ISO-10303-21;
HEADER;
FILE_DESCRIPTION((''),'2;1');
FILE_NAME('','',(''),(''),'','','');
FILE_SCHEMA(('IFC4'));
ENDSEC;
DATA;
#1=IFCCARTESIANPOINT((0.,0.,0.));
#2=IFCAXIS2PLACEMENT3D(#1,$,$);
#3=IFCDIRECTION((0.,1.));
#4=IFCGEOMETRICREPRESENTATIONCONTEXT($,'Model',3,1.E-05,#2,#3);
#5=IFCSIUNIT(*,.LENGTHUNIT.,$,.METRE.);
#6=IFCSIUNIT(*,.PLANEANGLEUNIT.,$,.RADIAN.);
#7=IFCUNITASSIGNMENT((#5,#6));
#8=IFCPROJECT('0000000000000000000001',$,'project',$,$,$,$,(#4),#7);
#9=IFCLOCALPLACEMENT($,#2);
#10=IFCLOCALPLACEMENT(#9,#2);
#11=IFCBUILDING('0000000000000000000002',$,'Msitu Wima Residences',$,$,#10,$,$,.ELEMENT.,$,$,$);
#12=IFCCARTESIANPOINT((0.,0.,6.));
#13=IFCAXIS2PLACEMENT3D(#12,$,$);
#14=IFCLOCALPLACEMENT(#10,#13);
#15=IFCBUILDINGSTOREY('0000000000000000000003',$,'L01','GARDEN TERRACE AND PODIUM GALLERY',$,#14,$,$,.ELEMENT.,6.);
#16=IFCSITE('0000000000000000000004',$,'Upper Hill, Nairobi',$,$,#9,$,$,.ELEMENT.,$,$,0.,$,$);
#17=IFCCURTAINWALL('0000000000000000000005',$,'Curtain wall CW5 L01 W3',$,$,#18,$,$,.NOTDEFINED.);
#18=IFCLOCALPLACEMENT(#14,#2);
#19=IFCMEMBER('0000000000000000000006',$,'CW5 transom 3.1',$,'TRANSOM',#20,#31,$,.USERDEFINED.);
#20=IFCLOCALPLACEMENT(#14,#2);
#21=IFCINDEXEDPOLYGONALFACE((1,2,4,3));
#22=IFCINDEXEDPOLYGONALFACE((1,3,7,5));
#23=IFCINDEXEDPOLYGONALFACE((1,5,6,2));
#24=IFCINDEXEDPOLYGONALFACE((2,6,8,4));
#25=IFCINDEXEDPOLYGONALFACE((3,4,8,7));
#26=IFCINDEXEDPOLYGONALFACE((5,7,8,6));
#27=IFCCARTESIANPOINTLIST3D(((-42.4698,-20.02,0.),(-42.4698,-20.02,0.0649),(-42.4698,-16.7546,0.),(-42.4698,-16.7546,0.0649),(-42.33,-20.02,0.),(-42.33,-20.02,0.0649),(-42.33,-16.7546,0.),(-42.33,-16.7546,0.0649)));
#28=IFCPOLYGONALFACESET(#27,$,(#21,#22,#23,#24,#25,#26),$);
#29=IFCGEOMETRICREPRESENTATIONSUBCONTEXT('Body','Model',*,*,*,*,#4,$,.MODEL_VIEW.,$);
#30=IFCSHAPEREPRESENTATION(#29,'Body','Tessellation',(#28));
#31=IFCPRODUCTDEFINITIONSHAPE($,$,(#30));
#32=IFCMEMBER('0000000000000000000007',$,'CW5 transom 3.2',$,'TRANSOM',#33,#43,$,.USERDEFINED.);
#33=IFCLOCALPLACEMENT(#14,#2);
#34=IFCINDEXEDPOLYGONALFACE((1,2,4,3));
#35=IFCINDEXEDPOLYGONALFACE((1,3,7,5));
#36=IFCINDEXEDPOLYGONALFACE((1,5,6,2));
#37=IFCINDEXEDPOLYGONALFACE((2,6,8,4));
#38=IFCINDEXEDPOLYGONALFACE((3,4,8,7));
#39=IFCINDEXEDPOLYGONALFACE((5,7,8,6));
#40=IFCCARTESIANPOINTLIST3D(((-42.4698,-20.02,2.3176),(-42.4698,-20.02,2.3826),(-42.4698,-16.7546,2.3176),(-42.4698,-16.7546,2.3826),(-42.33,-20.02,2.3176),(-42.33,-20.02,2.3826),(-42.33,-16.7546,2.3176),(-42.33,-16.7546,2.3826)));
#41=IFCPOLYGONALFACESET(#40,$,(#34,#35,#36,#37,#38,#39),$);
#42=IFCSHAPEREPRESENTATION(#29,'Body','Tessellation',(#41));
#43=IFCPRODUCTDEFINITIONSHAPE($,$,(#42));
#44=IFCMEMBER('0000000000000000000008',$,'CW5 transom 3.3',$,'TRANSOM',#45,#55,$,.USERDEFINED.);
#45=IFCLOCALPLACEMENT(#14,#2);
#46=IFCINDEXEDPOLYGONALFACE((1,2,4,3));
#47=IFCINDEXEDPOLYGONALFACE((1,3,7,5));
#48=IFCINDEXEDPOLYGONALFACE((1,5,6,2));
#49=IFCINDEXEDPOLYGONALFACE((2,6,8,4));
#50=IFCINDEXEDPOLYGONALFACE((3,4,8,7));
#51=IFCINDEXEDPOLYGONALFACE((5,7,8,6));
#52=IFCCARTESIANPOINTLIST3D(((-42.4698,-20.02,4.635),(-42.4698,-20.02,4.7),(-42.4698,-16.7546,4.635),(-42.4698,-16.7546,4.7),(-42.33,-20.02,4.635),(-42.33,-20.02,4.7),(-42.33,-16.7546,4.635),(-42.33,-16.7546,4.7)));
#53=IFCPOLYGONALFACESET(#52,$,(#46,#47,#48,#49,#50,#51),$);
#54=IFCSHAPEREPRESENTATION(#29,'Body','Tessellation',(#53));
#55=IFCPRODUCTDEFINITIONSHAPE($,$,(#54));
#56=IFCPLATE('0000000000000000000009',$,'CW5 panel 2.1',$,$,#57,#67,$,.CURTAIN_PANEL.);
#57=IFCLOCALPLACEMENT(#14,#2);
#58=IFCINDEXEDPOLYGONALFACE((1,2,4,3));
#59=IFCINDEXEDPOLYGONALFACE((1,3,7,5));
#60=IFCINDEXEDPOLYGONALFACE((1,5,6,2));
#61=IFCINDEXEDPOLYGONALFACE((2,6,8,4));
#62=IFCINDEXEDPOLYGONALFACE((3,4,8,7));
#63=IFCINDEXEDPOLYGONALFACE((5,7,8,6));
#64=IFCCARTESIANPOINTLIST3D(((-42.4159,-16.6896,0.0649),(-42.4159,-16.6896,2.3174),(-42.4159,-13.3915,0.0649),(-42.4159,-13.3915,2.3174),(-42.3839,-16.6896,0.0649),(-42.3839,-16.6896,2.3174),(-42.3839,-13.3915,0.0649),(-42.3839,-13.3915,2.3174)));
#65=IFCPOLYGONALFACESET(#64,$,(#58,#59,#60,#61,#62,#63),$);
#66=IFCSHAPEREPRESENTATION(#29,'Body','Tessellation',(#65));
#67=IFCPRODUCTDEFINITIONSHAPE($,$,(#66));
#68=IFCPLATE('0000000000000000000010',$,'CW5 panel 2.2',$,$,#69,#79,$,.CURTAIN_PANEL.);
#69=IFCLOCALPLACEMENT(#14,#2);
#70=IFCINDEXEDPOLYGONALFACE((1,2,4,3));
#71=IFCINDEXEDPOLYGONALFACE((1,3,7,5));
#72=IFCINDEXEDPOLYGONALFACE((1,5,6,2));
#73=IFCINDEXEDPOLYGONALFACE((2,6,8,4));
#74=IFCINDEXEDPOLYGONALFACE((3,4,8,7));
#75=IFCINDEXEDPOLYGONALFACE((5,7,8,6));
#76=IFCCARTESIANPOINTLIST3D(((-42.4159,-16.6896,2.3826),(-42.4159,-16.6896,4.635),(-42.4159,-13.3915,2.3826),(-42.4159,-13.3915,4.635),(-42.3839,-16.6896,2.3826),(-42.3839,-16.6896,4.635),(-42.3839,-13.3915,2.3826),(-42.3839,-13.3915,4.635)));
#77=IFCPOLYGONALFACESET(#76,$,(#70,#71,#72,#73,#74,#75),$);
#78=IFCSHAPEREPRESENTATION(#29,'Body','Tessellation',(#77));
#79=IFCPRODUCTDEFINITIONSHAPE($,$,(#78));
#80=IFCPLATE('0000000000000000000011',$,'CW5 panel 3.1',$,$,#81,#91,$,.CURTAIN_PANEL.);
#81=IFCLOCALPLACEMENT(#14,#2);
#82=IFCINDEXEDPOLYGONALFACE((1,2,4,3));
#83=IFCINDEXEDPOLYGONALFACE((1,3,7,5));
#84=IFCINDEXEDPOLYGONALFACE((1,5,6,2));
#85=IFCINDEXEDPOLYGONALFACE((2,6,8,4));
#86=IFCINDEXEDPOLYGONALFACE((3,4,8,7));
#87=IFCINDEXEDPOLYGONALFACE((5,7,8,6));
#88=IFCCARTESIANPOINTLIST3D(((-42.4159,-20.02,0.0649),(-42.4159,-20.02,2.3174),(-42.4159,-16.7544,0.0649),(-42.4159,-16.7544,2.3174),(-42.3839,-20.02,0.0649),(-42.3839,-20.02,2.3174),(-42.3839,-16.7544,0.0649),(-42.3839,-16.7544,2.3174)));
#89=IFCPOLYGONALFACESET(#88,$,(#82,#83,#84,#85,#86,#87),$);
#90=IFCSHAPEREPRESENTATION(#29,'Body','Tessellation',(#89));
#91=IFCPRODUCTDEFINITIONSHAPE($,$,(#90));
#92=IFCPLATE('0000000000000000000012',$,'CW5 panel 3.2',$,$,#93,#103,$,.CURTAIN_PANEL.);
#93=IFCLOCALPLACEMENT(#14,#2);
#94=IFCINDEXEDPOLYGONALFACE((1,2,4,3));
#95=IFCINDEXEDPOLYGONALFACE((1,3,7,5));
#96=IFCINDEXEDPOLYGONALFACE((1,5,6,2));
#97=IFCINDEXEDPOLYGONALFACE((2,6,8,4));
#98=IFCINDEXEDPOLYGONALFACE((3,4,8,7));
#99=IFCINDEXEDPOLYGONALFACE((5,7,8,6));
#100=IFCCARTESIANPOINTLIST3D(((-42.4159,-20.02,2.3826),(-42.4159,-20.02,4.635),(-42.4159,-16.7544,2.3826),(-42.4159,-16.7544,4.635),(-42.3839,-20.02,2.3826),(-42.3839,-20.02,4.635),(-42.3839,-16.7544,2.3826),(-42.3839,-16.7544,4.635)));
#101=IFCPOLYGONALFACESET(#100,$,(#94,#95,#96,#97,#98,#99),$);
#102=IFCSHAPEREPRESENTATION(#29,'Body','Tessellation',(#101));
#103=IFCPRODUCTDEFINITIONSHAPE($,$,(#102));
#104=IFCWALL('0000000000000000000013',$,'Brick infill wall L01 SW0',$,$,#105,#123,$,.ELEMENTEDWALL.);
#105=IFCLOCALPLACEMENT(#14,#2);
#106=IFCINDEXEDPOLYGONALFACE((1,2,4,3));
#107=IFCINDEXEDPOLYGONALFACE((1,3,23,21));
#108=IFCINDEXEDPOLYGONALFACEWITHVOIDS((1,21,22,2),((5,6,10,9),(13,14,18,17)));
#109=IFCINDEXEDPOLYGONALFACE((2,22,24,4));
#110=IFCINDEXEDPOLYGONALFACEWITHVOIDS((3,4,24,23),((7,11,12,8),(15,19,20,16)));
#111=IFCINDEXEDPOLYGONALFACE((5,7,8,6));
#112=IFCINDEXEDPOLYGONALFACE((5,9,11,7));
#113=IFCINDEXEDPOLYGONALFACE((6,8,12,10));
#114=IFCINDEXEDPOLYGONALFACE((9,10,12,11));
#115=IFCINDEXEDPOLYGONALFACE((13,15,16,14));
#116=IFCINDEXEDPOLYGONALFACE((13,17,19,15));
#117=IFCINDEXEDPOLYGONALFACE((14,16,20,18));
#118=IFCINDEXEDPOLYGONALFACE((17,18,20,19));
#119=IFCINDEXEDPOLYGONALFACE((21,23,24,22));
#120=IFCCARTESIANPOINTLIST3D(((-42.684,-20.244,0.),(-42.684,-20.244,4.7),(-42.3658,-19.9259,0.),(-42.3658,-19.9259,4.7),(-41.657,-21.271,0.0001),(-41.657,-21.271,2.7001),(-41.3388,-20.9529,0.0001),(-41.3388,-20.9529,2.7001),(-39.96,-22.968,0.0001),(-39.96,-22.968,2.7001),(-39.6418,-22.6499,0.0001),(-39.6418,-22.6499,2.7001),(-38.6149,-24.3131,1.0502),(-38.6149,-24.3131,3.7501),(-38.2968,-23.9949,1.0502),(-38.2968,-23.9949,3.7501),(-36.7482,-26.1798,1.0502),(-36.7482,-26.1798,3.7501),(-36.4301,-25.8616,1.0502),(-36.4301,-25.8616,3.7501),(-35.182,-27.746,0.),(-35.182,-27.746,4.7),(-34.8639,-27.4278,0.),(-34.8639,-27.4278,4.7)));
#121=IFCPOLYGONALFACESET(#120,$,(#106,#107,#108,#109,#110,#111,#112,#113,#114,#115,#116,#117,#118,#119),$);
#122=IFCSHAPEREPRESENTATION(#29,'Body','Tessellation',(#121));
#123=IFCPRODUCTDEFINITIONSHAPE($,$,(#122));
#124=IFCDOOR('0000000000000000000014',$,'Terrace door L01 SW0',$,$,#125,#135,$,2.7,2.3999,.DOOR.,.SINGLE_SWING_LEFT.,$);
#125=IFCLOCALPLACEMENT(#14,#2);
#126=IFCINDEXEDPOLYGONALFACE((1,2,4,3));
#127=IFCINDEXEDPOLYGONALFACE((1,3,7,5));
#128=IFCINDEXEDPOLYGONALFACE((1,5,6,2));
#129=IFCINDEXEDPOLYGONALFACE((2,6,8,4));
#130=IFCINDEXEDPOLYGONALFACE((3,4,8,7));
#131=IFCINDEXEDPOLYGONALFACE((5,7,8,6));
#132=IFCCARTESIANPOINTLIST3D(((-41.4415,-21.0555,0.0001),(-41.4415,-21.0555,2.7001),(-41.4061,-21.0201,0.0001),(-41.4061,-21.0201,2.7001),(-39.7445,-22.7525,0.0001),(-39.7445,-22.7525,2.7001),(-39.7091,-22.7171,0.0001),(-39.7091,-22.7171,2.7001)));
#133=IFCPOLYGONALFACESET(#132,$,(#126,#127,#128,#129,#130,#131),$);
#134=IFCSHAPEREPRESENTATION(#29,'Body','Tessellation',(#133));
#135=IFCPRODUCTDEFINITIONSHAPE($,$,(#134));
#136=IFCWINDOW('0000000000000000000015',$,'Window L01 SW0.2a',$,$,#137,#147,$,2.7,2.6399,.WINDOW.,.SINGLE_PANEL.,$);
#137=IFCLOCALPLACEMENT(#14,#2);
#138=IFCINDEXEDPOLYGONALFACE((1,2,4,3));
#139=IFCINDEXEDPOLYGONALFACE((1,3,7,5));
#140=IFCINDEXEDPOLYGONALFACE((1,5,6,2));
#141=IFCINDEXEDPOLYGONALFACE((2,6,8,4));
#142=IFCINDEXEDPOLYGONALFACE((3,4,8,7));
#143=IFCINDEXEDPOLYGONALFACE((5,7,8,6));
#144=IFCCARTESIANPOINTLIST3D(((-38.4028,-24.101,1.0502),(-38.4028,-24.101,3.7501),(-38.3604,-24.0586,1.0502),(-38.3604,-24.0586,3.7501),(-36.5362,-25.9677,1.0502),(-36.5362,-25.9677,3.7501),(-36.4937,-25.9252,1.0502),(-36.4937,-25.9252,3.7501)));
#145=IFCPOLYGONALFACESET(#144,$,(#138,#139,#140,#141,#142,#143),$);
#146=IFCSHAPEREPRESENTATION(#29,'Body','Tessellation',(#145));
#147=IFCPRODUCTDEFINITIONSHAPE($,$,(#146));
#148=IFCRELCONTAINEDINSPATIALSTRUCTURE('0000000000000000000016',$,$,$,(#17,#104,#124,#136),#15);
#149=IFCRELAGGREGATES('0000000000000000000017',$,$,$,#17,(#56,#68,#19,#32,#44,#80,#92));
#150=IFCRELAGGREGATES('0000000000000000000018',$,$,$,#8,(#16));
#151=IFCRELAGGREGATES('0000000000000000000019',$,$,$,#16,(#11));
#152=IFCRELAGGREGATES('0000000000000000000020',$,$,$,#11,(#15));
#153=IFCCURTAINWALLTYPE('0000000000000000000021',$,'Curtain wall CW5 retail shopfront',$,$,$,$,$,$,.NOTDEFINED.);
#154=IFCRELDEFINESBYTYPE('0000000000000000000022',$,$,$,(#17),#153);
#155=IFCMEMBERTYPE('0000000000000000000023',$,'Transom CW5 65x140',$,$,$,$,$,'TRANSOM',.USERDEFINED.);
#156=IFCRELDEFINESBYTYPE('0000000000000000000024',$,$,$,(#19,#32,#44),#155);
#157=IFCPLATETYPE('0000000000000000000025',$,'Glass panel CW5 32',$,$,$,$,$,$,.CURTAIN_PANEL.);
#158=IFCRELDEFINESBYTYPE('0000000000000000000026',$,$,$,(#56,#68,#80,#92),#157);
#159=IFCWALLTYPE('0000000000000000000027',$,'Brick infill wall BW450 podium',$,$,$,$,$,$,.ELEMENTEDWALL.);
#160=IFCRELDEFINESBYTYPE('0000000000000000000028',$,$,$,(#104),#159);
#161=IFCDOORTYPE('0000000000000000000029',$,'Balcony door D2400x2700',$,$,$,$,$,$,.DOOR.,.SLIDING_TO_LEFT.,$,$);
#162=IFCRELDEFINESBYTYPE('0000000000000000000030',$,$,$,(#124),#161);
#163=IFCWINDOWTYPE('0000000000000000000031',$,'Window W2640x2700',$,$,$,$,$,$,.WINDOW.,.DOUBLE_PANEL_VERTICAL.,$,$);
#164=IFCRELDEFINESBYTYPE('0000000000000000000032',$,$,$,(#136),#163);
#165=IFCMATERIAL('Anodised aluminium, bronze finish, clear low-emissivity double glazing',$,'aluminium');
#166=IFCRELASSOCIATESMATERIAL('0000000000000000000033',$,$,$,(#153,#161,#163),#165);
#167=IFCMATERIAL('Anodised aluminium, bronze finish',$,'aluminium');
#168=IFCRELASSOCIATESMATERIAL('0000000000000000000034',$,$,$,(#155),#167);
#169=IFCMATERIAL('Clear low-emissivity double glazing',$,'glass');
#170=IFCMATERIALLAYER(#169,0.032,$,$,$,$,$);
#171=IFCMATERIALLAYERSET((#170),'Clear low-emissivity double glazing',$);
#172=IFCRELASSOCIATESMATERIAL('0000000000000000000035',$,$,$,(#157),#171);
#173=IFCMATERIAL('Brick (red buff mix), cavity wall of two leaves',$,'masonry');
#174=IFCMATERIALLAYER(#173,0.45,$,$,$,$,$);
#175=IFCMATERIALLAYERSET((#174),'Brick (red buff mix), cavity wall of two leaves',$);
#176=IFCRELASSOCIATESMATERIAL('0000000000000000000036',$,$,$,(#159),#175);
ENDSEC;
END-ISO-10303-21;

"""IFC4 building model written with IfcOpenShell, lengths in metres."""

from ifc_helpers import new_model, si_unit, direction, frame, frame_2d, origin, origin_2d, place, context, subcontext, project, spatial, rectangle, extrude, material, layer, layer_set, material_profile, profile_set, type_object, element, fill, aggregate, save


model = new_model("IFC4")

# Units and contexts
model_context = context("Model", 3, precision=1e-05, world=origin(), true_north=direction((0.0, 1.0)))
body_context = subcontext(model_context, "Body", "Model", "MODEL_VIEW")
ifc_project = project(units=[si_unit("LENGTHUNIT", "METRE"), si_unit("PLANEANGLEUNIT", "RADIAN")], contexts=[model_context])

# Site, building, storey
site_placement = place(None, origin())
site = spatial("IfcSite", under=ifc_project, at=site_placement, Name="Upper Hill, Nairobi", CompositionType="ELEMENT", RefElevation=0.0)
building_placement = place(site_placement, origin())
building = spatial("IfcBuilding", under=site, at=building_placement, Name="Msitu Wima Residences", CompositionType="ELEMENT")
storey_placement = place(building_placement, frame((0.0, 0.0, 6.0)))
storey = spatial("IfcBuildingStorey", under=building, at=storey_placement, Name="L01", Description="GARDEN TERRACE AND PODIUM GALLERY", CompositionType="ELEMENT", Elevation=6.0)

# Curtain wall
ifc_material_1 = material(Name="Anodised aluminium, bronze finish, clear low-emissivity double glazing", Category="aluminium")
curtain_wall_type = type_object("IfcCurtainWallType", Name="Curtain wall CW5 retail shopfront", PredefinedType="NOTDEFINED", material=ifc_material_1)
curtain_wall_1_placement = place(storey_placement, origin())
curtain_wall_1 = element("IfcCurtainWall", 1, at=curtain_wall_1_placement, inside=storey, type_object=curtain_wall_type, Name="Curtain wall CW5 L01 W3", PredefinedType="NOTDEFINED")
ifc_material_2 = material(Name="Anodised aluminium, bronze finish", Category="aluminium")

# Members
ifc_material_profile_1 = material_profile(ifc_material_2, rectangle(XDim=0.1399, YDim=0.0649, at=origin_2d()), Name="Transom 65x140")
ifc_profile_set_1 = profile_set([ifc_material_profile_1], Name="Anodised aluminium, bronze finish")
member_type_1 = type_object("IfcMemberType", Name="Transom CW5 65x140", ElementType="TRANSOM", PredefinedType="USERDEFINED", material=ifc_profile_set_1)
member_1_placement = place(storey_placement, frame((-42.3999, -16.7546, 0.0325), z_axis=(0.0, -1.0, 0.0), x_axis=(1.0, 0.0, 0.0)))
member_1 = element("IfcMember", 2, at=member_1_placement, type_object=member_type_1, Name="CW5 transom 3.1", ObjectType="TRANSOM", PredefinedType="USERDEFINED", context=body_context, shape_type="SweptSolid", body=[
    extrude(rectangle(XDim=0.1399, YDim=0.0649, at=origin_2d()), origin(), (0.0, 0.0, 1.0), 3.2654),
])
member_2_placement = place(storey_placement, frame((-42.3999, -16.7546, 2.3501), z_axis=(0.0, -1.0, 0.0), x_axis=(1.0, 0.0, 0.0)))
member_2 = element("IfcMember", 3, at=member_2_placement, type_object=member_type_1, Name="CW5 transom 3.2", ObjectType="TRANSOM", PredefinedType="USERDEFINED", context=body_context, shape_type="SweptSolid", body=[
    extrude(rectangle(XDim=0.1399, YDim=0.0649, at=origin_2d()), origin(), (0.0, 0.0, 1.0), 3.2654),
])
member_3_placement = place(storey_placement, frame((-42.3999, -16.7546, 4.6675), z_axis=(0.0, -1.0, 0.0), x_axis=(1.0, 0.0, 0.0)))
member_3 = element("IfcMember", 4, at=member_3_placement, type_object=member_type_1, Name="CW5 transom 3.3", ObjectType="TRANSOM", PredefinedType="USERDEFINED", context=body_context, shape_type="SweptSolid", body=[
    extrude(rectangle(XDim=0.1399, YDim=0.0649, at=origin_2d()), origin(), (0.0, 0.0, 1.0), 3.2654),
])

# Plates
ifc_material_3 = material(Name="Clear low-emissivity double glazing", Category="glass")
ifc_layer_1 = layer(ifc_material_3, 0.032)
ifc_layer_set_1 = layer_set([ifc_layer_1], Name="Clear low-emissivity double glazing")
plate_type = type_object("IfcPlateType", Name="Glass panel CW5 32", PredefinedType="CURTAIN_PANEL", material=ifc_layer_set_1)
plate_1_placement = place(storey_placement, frame((-42.3999, -15.0405, 0.0649), z_axis=(0.0, 0.0, 1.0), x_axis=(0.0, -1.0, 0.0)))
plate_1 = element("IfcPlate", 5, at=plate_1_placement, type_object=plate_type, Name="CW5 panel 2.1", PredefinedType="CURTAIN_PANEL", context=body_context, shape_type="SweptSolid", body=[
    extrude(rectangle(XDim=3.2981, YDim=0.032, at=origin_2d()), origin(), (0.0, 0.0, 1.0), 2.2524),
])
plate_2_placement = place(storey_placement, frame((-42.3999, -15.0405, 2.3826), z_axis=(0.0, 0.0, 1.0), x_axis=(0.0, -1.0, 0.0)))
plate_2 = element("IfcPlate", 6, at=plate_2_placement, type_object=plate_type, Name="CW5 panel 2.2", PredefinedType="CURTAIN_PANEL", context=body_context, shape_type="SweptSolid", body=[
    extrude(rectangle(XDim=3.2981, YDim=0.032, at=origin_2d()), origin(), (0.0, 0.0, 1.0), 2.2524),
])
plate_3_placement = place(storey_placement, frame((-42.3999, -18.3872, 0.0649), z_axis=(0.0, 0.0, 1.0), x_axis=(0.0, -1.0, 0.0)))
plate_3 = element("IfcPlate", 7, at=plate_3_placement, type_object=plate_type, Name="CW5 panel 3.1", PredefinedType="CURTAIN_PANEL", context=body_context, shape_type="SweptSolid", body=[
    extrude(rectangle(XDim=3.2656, YDim=0.032, at=origin_2d()), origin(), (0.0, 0.0, 1.0), 2.2524),
])
plate_4_placement = place(storey_placement, frame((-42.3999, -18.3872, 2.3826), z_axis=(0.0, 0.0, 1.0), x_axis=(0.0, -1.0, 0.0)))
plate_4 = element("IfcPlate", 8, at=plate_4_placement, type_object=plate_type, Name="CW5 panel 3.2", PredefinedType="CURTAIN_PANEL", context=body_context, shape_type="SweptSolid", body=[
    extrude(rectangle(XDim=3.2656, YDim=0.032, at=origin_2d()), origin(), (0.0, 0.0, 1.0), 2.2524),
])
aggregate(curtain_wall_1, [plate_1, plate_2, member_1, member_2, member_3, plate_3, plate_4])

# Wall, openings, door, window
ifc_material_4 = material(Name="Brick (red buff mix), cavity wall of two leaves", Category="masonry")
ifc_layer_2 = layer(ifc_material_4, 0.45)
ifc_layer_set_2 = layer_set([ifc_layer_2], Name="Brick (red buff mix), cavity wall of two leaves")
wall_type_1 = type_object("IfcWallType", Name="Brick infill wall BW450 podium", PredefinedType="ELEMENTEDWALL", material=ifc_layer_set_2)
wall_1_placement = place(storey_placement, frame((-42.5249, -20.085, 0.0), z_axis=(0.0, 0.0, 1.0), x_axis=(0.707107, -0.707107, 0.0)))
wall_1 = element("IfcWall", 9, at=wall_1_placement, inside=storey, type_object=wall_type_1, Name="Brick infill wall L01 SW0", PredefinedType="ELEMENTEDWALL", context=body_context, shape_type="SweptSolid", body=[
    extrude(rectangle(XDim=10.6094, YDim=0.45, at=frame_2d((5.3047, 0.0))), origin(), (0.0, 0.0, 1.0), 4.7),
])
opening_1_placement = place(wall_1_placement, frame((1.4524, 0.0, 0.0)))
opening_1 = element("IfcOpeningElement", 10, at=opening_1_placement, cuts=wall_1, PredefinedType="OPENING", context=body_context, shape_type="SweptSolid", body=[
    extrude(rectangle(XDim=2.3999, YDim=2.7, at=frame_2d((1.2, 1.3501))), frame((0.0, 0.2349, 0.0), z_axis=(0.0, -1.0, 0.0), x_axis=(1.0, 0.0, 0.0)), (0.0, 0.0, 1.0), 0.47),
])
opening_2_placement = place(wall_1_placement, frame((5.7546, 0.0, 1.05)))
opening_2 = element("IfcOpeningElement", 11, at=opening_2_placement, cuts=wall_1, PredefinedType="OPENING", context=body_context, shape_type="SweptSolid", body=[
    extrude(rectangle(XDim=2.6399, YDim=2.7, at=frame_2d((1.3198, 1.3501))), frame((0.0, 0.2349, 0.0), z_axis=(0.0, -1.0, 0.0), x_axis=(1.0, 0.0, 0.0)), (0.0, 0.0, 1.0), 0.47),
])
door_type_1 = type_object("IfcDoorType", Name="Balcony door D2400x2700", OperationType="SLIDING_TO_LEFT", PredefinedType="DOOR", material=ifc_material_1)
door_1_placement = place(opening_1_placement, origin())
door_1 = element("IfcDoor", 12, at=door_1_placement, inside=storey, type_object=door_type_1, Name="Terrace door L01 SW0", OperationType="SINGLE_SWING_LEFT", OverallHeight=2.7, OverallWidth=2.3999, PredefinedType="DOOR", context=body_context, shape_type="SweptSolid", body=[
    extrude(rectangle(XDim=2.3999, YDim=2.7, at=frame_2d((1.2, 1.3501))), frame((0.0, 0.1299, 0.0), z_axis=(0.0, -1.0, 0.0), x_axis=(1.0, 0.0, 0.0)), (0.0, 0.0, 1.0), 0.05),
])
fill(opening_1, door_1)
window_type = type_object("IfcWindowType", Name="Window W2640x2700", PartitioningType="DOUBLE_PANEL_VERTICAL", PredefinedType="WINDOW", material=ifc_material_1)
window_placement = place(opening_2_placement, origin())
window = element("IfcWindow", 13, at=window_placement, inside=storey, type_object=window_type, Name="Window L01 SW0.2a", OverallHeight=2.7, OverallWidth=2.6399, PartitioningType="SINGLE_PANEL", PredefinedType="WINDOW", context=body_context, shape_type="SweptSolid", body=[
    extrude(rectangle(XDim=2.6399, YDim=2.7, at=frame_2d((1.3198, 1.3501))), frame((0.0, 0.135, 0.0), z_axis=(0.0, -1.0, 0.0), x_axis=(1.0, 0.0, 0.0)), (0.0, 0.0, 1.0), 0.0601),
])
fill(opening_2, window)

save(model, "model.ifc")
